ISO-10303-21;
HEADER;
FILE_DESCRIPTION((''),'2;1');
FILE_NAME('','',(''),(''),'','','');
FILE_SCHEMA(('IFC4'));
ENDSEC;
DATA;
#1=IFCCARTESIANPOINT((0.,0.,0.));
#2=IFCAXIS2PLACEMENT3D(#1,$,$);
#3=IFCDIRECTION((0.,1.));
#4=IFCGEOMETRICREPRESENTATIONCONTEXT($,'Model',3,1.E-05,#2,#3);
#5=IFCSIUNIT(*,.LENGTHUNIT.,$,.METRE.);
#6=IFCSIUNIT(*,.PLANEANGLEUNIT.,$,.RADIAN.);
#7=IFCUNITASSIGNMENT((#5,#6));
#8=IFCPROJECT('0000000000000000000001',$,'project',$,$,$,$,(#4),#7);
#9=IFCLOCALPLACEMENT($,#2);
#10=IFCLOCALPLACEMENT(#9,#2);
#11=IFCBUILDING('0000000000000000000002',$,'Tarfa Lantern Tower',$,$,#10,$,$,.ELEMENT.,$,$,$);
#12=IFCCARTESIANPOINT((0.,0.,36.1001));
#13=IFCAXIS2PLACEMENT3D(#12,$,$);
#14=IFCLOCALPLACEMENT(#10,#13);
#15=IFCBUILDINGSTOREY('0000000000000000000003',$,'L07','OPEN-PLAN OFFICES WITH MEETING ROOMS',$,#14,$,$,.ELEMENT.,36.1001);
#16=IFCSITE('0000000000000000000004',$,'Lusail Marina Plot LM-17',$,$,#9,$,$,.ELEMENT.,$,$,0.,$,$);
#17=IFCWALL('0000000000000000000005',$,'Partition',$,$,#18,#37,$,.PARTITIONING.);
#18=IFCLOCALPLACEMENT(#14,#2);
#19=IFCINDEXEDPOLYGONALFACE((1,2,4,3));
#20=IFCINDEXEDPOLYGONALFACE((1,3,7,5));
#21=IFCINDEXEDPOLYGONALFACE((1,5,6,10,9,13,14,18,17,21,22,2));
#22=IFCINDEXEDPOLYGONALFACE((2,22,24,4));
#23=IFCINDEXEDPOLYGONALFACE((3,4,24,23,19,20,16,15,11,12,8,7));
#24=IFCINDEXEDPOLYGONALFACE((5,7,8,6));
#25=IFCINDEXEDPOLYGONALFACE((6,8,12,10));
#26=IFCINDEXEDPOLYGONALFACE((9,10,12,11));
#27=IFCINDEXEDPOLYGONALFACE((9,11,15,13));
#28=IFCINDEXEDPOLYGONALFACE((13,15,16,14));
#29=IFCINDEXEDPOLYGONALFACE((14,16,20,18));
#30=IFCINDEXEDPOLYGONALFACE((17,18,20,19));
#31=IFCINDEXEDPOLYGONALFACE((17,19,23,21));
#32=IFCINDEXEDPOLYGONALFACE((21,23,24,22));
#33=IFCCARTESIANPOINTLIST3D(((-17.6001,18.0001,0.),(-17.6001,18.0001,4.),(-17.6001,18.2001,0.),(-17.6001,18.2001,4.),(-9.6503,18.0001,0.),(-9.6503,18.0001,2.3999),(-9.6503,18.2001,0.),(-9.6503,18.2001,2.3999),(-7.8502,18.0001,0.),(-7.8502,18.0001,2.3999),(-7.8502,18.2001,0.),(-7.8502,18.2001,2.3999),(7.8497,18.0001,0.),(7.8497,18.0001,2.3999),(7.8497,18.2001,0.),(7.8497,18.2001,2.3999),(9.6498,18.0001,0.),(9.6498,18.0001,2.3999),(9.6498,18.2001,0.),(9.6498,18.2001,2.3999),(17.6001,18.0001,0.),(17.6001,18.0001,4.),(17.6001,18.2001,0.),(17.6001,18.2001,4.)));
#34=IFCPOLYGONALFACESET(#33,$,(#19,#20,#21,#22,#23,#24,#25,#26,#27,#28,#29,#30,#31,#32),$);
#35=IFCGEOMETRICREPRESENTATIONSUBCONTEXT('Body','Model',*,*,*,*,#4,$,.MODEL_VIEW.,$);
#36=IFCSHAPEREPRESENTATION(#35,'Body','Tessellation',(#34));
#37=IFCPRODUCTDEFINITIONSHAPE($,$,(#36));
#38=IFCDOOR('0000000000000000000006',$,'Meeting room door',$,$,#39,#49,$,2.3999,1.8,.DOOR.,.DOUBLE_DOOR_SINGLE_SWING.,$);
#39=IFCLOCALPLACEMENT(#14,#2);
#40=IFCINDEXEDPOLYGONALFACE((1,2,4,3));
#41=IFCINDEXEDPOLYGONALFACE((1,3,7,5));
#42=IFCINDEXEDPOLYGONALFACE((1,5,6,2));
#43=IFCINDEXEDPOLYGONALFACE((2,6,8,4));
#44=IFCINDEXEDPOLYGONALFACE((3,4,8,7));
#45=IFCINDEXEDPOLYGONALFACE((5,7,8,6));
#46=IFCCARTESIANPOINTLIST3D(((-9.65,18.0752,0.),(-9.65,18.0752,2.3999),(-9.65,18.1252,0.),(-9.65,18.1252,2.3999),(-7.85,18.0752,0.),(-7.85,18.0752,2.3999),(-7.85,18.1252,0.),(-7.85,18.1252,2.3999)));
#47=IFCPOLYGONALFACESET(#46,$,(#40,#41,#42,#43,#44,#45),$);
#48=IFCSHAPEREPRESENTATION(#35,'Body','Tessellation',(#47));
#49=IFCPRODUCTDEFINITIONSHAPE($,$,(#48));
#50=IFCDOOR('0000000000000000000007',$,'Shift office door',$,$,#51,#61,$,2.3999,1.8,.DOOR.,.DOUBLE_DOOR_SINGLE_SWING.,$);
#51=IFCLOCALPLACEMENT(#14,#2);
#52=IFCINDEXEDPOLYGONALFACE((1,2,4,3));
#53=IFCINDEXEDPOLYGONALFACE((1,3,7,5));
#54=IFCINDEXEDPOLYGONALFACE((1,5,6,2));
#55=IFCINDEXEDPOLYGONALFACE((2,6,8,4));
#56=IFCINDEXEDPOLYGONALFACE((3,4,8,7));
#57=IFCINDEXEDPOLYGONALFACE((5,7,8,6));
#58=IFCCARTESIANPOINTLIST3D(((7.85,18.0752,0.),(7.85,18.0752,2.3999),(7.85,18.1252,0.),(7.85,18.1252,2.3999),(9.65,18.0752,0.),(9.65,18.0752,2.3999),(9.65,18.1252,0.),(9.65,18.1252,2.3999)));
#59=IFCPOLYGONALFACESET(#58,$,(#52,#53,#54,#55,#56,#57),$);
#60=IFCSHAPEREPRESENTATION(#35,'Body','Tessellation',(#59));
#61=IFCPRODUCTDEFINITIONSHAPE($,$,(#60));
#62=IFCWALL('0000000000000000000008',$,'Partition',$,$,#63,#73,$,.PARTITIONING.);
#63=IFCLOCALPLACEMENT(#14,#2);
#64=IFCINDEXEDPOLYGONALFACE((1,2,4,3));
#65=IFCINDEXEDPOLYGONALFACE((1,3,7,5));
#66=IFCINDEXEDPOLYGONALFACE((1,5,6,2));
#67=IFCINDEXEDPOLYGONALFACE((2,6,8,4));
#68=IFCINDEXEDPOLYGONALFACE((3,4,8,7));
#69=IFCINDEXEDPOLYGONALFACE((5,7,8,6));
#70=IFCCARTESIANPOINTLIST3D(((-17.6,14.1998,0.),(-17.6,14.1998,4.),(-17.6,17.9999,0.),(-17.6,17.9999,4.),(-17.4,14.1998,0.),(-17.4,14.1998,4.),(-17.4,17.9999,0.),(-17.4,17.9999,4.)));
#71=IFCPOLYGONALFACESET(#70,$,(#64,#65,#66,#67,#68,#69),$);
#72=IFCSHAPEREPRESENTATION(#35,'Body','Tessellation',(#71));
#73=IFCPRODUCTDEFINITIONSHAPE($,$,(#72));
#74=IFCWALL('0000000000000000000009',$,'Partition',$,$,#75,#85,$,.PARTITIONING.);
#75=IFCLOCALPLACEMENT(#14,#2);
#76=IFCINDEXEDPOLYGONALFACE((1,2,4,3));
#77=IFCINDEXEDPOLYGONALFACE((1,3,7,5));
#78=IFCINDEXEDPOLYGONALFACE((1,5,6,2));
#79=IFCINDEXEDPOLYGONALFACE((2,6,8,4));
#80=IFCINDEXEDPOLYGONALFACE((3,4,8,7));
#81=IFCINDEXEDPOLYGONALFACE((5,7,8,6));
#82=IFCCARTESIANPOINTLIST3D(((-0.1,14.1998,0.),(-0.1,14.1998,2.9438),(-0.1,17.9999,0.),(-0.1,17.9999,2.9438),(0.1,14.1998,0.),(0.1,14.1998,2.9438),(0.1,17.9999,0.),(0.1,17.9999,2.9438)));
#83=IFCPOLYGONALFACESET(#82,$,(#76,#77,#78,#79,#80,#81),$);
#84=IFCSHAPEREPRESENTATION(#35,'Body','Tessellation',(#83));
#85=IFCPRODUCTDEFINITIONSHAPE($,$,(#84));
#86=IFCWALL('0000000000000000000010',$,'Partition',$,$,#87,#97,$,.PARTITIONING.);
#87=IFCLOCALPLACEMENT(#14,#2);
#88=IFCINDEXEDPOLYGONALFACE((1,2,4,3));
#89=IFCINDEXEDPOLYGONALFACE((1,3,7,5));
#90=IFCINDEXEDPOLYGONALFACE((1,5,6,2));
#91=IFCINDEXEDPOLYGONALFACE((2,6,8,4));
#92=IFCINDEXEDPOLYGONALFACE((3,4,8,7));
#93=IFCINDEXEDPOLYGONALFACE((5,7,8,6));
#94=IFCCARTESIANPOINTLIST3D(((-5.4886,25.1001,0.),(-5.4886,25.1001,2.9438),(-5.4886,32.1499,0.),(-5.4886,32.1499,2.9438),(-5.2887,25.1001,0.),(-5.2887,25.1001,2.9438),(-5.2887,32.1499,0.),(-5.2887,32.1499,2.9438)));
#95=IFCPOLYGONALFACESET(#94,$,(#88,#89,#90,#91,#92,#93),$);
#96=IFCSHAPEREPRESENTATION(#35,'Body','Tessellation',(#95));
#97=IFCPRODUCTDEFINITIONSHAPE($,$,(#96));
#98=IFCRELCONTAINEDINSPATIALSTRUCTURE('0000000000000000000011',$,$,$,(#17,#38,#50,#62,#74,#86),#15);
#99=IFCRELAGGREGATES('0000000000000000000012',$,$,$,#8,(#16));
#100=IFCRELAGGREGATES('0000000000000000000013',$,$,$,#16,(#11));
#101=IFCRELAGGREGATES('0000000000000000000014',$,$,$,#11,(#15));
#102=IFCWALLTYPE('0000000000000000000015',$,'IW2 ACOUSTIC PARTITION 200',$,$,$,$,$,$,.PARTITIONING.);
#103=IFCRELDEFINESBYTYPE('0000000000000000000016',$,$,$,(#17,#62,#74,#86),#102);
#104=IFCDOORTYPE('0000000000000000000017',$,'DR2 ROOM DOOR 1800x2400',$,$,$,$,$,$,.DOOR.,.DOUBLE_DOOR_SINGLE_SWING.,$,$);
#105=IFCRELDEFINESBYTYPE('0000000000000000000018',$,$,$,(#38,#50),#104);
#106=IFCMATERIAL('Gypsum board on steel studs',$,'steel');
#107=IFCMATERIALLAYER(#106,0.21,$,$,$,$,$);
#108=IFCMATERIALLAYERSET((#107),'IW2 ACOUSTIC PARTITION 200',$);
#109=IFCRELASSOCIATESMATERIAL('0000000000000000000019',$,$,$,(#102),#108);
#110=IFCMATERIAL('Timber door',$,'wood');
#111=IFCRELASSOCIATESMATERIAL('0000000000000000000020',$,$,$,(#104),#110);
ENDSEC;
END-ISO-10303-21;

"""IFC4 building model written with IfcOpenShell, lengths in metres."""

from ifc_helpers import new_model, si_unit, direction, frame, frame_2d, origin, place, context, subcontext, project, spatial, rectangle, extrude, material, layer, layer_set, type_object, element, fill, save


model = new_model("IFC4")

# Units and contexts
model_context = context("Model", 3, precision=1e-05, world=origin(), true_north=direction((0.0, 1.0)))
body_context = subcontext(model_context, "Body", "Model", "MODEL_VIEW")
ifc_project = project(units=[si_unit("LENGTHUNIT", "METRE"), si_unit("PLANEANGLEUNIT", "RADIAN")], contexts=[model_context])

# Site, building, storey
site_placement = place(None, origin())
site = spatial("IfcSite", under=ifc_project, at=site_placement, Name="Lusail Marina Plot LM-17", CompositionType="ELEMENT", RefElevation=0.0)
building_placement = place(site_placement, origin())
building = spatial("IfcBuilding", under=site, at=building_placement, Name="Tarfa Lantern Tower", CompositionType="ELEMENT")
storey_placement = place(building_placement, frame((0.0, 0.0, 36.1001)))
storey = spatial("IfcBuildingStorey", under=building, at=storey_placement, Name="L07", Description="OPEN-PLAN OFFICES WITH MEETING ROOMS", CompositionType="ELEMENT", Elevation=36.1001)

# Wall, openings, doors
ifc_material_1 = material(Name="Gypsum board on steel studs", Category="steel")
ifc_layer_1 = layer(ifc_material_1, 0.21)
ifc_layer_set_1 = layer_set([ifc_layer_1], Name="IW2 ACOUSTIC PARTITION 200")
wall_type = type_object("IfcWallType", Name="IW2 ACOUSTIC PARTITION 200", PredefinedType="PARTITIONING", material=ifc_layer_set_1)
wall_1_placement = place(storey_placement, frame((-17.6001, 18.1001, 0.0), z_axis=(0.0, 0.0, 1.0), x_axis=(1.0, 0.0, 0.0)))
wall_1 = element("IfcWall", 1, at=wall_1_placement, inside=storey, type_object=wall_type, Name="Partition", PredefinedType="PARTITIONING", context=body_context, shape_type="SweptSolid", body=[
    extrude(rectangle(XDim=35.2002, YDim=0.2, at=frame_2d((17.6001, 0.0))), origin(), (0.0, 0.0, 1.0), 4.0),
])
opening_1_placement = place(wall_1_placement, frame((7.95, 0.0, 0.0)))
opening_1 = element("IfcOpeningElement", 2, at=opening_1_placement, cuts=wall_1, PredefinedType="OPENING", context=body_context, shape_type="SweptSolid", body=[
    extrude(rectangle(XDim=1.8, YDim=2.3999, at=frame_2d((0.8999, 1.2))), frame((0.0, 0.1099, 0.0), z_axis=(0.0, -1.0, 0.0), x_axis=(1.0, 0.0, 0.0)), (0.0, 0.0, 1.0), 0.22),
])
opening_2_placement = place(wall_1_placement, frame((25.45, 0.0, 0.0)))
opening_2 = element("IfcOpeningElement", 3, at=opening_2_placement, cuts=wall_1, PredefinedType="OPENING", context=body_context, shape_type="SweptSolid", body=[
    extrude(rectangle(XDim=1.8, YDim=2.3999, at=frame_2d((0.8999, 1.2))), frame((0.0, 0.1099, 0.0), z_axis=(0.0, -1.0, 0.0), x_axis=(1.0, 0.0, 0.0)), (0.0, 0.0, 1.0), 0.22),
])
ifc_material_2 = material(Name="Timber door", Category="wood")
door_type = type_object("IfcDoorType", Name="DR2 ROOM DOOR 1800x2400", OperationType="DOUBLE_DOOR_SINGLE_SWING", PredefinedType="DOOR", material=ifc_material_2)
door_1_placement = place(opening_1_placement, frame((1.8, 0.0, 0.0), z_axis=(0.0, 0.0, 1.0), x_axis=(-1.0, 0.0, 0.0)))
door_1 = element("IfcDoor", 4, at=door_1_placement, inside=storey, type_object=door_type, Name="Meeting room door", OperationType="DOUBLE_DOOR_SINGLE_SWING", OverallHeight=2.3999, OverallWidth=1.8, PredefinedType="DOOR", context=body_context, shape_type="SweptSolid", body=[
    extrude(rectangle(XDim=1.8, YDim=2.3999, at=frame_2d((0.8999, 1.2))), frame((0.0, 0.0249, 0.0), z_axis=(0.0, -1.0, 0.0), x_axis=(1.0, 0.0, 0.0)), (0.0, 0.0, 1.0), 0.05),
])
fill(opening_1, door_1)
door_2_placement = place(opening_2_placement, frame((1.8, 0.0, 0.0), z_axis=(0.0, 0.0, 1.0), x_axis=(-1.0, 0.0, 0.0)))
door_2 = element("IfcDoor", 5, at=door_2_placement, inside=storey, type_object=door_type, Name="Shift office door", OperationType="DOUBLE_DOOR_SINGLE_SWING", OverallHeight=2.3999, OverallWidth=1.8, PredefinedType="DOOR", context=body_context, shape_type="SweptSolid", body=[
    extrude(rectangle(XDim=1.8, YDim=2.3999, at=frame_2d((0.8999, 1.2))), frame((0.0, 0.0249, 0.0), z_axis=(0.0, -1.0, 0.0), x_axis=(1.0, 0.0, 0.0)), (0.0, 0.0, 1.0), 0.05),
])
fill(opening_2, door_2)

# Walls
wall_2_placement = place(storey_placement, frame((-17.5, 14.2, 0.0), z_axis=(0.0, 0.0, 1.0), x_axis=(0.0, 1.0, 0.0)))
element("IfcWall", 6, at=wall_2_placement, inside=storey, type_object=wall_type, Name="Partition", PredefinedType="PARTITIONING", context=body_context, shape_type="SweptSolid", body=[
    extrude(rectangle(XDim=3.8, YDim=0.2, at=frame_2d((1.8999, 0.0))), origin(), (0.0, 0.0, 1.0), 4.0),
])
wall_3_placement = place(storey_placement, frame((0.0, 14.2, 0.0), z_axis=(0.0, 0.0, 1.0), x_axis=(0.0, 1.0, 0.0)))
element("IfcWall", 7, at=wall_3_placement, inside=storey, type_object=wall_type, Name="Partition", PredefinedType="PARTITIONING", context=body_context, shape_type="SweptSolid", body=[
    extrude(rectangle(XDim=3.8, YDim=0.2, at=frame_2d((1.8999, 0.0))), origin(), (0.0, 0.0, 1.0), 2.9438),
])
wall_4_placement = place(storey_placement, frame((-5.3887, 25.1001, 0.0), z_axis=(0.0, 0.0, 1.0), x_axis=(0.0, 1.0, 0.0)))
element("IfcWall", 8, at=wall_4_placement, inside=storey, type_object=wall_type, Name="Partition", PredefinedType="PARTITIONING", context=body_context, shape_type="SweptSolid", body=[
    extrude(rectangle(XDim=7.0498, YDim=0.2, at=frame_2d((3.5249, 0.0))), origin(), (0.0, 0.0, 1.0), 2.9438),
])

save(model, "model.ifc")
